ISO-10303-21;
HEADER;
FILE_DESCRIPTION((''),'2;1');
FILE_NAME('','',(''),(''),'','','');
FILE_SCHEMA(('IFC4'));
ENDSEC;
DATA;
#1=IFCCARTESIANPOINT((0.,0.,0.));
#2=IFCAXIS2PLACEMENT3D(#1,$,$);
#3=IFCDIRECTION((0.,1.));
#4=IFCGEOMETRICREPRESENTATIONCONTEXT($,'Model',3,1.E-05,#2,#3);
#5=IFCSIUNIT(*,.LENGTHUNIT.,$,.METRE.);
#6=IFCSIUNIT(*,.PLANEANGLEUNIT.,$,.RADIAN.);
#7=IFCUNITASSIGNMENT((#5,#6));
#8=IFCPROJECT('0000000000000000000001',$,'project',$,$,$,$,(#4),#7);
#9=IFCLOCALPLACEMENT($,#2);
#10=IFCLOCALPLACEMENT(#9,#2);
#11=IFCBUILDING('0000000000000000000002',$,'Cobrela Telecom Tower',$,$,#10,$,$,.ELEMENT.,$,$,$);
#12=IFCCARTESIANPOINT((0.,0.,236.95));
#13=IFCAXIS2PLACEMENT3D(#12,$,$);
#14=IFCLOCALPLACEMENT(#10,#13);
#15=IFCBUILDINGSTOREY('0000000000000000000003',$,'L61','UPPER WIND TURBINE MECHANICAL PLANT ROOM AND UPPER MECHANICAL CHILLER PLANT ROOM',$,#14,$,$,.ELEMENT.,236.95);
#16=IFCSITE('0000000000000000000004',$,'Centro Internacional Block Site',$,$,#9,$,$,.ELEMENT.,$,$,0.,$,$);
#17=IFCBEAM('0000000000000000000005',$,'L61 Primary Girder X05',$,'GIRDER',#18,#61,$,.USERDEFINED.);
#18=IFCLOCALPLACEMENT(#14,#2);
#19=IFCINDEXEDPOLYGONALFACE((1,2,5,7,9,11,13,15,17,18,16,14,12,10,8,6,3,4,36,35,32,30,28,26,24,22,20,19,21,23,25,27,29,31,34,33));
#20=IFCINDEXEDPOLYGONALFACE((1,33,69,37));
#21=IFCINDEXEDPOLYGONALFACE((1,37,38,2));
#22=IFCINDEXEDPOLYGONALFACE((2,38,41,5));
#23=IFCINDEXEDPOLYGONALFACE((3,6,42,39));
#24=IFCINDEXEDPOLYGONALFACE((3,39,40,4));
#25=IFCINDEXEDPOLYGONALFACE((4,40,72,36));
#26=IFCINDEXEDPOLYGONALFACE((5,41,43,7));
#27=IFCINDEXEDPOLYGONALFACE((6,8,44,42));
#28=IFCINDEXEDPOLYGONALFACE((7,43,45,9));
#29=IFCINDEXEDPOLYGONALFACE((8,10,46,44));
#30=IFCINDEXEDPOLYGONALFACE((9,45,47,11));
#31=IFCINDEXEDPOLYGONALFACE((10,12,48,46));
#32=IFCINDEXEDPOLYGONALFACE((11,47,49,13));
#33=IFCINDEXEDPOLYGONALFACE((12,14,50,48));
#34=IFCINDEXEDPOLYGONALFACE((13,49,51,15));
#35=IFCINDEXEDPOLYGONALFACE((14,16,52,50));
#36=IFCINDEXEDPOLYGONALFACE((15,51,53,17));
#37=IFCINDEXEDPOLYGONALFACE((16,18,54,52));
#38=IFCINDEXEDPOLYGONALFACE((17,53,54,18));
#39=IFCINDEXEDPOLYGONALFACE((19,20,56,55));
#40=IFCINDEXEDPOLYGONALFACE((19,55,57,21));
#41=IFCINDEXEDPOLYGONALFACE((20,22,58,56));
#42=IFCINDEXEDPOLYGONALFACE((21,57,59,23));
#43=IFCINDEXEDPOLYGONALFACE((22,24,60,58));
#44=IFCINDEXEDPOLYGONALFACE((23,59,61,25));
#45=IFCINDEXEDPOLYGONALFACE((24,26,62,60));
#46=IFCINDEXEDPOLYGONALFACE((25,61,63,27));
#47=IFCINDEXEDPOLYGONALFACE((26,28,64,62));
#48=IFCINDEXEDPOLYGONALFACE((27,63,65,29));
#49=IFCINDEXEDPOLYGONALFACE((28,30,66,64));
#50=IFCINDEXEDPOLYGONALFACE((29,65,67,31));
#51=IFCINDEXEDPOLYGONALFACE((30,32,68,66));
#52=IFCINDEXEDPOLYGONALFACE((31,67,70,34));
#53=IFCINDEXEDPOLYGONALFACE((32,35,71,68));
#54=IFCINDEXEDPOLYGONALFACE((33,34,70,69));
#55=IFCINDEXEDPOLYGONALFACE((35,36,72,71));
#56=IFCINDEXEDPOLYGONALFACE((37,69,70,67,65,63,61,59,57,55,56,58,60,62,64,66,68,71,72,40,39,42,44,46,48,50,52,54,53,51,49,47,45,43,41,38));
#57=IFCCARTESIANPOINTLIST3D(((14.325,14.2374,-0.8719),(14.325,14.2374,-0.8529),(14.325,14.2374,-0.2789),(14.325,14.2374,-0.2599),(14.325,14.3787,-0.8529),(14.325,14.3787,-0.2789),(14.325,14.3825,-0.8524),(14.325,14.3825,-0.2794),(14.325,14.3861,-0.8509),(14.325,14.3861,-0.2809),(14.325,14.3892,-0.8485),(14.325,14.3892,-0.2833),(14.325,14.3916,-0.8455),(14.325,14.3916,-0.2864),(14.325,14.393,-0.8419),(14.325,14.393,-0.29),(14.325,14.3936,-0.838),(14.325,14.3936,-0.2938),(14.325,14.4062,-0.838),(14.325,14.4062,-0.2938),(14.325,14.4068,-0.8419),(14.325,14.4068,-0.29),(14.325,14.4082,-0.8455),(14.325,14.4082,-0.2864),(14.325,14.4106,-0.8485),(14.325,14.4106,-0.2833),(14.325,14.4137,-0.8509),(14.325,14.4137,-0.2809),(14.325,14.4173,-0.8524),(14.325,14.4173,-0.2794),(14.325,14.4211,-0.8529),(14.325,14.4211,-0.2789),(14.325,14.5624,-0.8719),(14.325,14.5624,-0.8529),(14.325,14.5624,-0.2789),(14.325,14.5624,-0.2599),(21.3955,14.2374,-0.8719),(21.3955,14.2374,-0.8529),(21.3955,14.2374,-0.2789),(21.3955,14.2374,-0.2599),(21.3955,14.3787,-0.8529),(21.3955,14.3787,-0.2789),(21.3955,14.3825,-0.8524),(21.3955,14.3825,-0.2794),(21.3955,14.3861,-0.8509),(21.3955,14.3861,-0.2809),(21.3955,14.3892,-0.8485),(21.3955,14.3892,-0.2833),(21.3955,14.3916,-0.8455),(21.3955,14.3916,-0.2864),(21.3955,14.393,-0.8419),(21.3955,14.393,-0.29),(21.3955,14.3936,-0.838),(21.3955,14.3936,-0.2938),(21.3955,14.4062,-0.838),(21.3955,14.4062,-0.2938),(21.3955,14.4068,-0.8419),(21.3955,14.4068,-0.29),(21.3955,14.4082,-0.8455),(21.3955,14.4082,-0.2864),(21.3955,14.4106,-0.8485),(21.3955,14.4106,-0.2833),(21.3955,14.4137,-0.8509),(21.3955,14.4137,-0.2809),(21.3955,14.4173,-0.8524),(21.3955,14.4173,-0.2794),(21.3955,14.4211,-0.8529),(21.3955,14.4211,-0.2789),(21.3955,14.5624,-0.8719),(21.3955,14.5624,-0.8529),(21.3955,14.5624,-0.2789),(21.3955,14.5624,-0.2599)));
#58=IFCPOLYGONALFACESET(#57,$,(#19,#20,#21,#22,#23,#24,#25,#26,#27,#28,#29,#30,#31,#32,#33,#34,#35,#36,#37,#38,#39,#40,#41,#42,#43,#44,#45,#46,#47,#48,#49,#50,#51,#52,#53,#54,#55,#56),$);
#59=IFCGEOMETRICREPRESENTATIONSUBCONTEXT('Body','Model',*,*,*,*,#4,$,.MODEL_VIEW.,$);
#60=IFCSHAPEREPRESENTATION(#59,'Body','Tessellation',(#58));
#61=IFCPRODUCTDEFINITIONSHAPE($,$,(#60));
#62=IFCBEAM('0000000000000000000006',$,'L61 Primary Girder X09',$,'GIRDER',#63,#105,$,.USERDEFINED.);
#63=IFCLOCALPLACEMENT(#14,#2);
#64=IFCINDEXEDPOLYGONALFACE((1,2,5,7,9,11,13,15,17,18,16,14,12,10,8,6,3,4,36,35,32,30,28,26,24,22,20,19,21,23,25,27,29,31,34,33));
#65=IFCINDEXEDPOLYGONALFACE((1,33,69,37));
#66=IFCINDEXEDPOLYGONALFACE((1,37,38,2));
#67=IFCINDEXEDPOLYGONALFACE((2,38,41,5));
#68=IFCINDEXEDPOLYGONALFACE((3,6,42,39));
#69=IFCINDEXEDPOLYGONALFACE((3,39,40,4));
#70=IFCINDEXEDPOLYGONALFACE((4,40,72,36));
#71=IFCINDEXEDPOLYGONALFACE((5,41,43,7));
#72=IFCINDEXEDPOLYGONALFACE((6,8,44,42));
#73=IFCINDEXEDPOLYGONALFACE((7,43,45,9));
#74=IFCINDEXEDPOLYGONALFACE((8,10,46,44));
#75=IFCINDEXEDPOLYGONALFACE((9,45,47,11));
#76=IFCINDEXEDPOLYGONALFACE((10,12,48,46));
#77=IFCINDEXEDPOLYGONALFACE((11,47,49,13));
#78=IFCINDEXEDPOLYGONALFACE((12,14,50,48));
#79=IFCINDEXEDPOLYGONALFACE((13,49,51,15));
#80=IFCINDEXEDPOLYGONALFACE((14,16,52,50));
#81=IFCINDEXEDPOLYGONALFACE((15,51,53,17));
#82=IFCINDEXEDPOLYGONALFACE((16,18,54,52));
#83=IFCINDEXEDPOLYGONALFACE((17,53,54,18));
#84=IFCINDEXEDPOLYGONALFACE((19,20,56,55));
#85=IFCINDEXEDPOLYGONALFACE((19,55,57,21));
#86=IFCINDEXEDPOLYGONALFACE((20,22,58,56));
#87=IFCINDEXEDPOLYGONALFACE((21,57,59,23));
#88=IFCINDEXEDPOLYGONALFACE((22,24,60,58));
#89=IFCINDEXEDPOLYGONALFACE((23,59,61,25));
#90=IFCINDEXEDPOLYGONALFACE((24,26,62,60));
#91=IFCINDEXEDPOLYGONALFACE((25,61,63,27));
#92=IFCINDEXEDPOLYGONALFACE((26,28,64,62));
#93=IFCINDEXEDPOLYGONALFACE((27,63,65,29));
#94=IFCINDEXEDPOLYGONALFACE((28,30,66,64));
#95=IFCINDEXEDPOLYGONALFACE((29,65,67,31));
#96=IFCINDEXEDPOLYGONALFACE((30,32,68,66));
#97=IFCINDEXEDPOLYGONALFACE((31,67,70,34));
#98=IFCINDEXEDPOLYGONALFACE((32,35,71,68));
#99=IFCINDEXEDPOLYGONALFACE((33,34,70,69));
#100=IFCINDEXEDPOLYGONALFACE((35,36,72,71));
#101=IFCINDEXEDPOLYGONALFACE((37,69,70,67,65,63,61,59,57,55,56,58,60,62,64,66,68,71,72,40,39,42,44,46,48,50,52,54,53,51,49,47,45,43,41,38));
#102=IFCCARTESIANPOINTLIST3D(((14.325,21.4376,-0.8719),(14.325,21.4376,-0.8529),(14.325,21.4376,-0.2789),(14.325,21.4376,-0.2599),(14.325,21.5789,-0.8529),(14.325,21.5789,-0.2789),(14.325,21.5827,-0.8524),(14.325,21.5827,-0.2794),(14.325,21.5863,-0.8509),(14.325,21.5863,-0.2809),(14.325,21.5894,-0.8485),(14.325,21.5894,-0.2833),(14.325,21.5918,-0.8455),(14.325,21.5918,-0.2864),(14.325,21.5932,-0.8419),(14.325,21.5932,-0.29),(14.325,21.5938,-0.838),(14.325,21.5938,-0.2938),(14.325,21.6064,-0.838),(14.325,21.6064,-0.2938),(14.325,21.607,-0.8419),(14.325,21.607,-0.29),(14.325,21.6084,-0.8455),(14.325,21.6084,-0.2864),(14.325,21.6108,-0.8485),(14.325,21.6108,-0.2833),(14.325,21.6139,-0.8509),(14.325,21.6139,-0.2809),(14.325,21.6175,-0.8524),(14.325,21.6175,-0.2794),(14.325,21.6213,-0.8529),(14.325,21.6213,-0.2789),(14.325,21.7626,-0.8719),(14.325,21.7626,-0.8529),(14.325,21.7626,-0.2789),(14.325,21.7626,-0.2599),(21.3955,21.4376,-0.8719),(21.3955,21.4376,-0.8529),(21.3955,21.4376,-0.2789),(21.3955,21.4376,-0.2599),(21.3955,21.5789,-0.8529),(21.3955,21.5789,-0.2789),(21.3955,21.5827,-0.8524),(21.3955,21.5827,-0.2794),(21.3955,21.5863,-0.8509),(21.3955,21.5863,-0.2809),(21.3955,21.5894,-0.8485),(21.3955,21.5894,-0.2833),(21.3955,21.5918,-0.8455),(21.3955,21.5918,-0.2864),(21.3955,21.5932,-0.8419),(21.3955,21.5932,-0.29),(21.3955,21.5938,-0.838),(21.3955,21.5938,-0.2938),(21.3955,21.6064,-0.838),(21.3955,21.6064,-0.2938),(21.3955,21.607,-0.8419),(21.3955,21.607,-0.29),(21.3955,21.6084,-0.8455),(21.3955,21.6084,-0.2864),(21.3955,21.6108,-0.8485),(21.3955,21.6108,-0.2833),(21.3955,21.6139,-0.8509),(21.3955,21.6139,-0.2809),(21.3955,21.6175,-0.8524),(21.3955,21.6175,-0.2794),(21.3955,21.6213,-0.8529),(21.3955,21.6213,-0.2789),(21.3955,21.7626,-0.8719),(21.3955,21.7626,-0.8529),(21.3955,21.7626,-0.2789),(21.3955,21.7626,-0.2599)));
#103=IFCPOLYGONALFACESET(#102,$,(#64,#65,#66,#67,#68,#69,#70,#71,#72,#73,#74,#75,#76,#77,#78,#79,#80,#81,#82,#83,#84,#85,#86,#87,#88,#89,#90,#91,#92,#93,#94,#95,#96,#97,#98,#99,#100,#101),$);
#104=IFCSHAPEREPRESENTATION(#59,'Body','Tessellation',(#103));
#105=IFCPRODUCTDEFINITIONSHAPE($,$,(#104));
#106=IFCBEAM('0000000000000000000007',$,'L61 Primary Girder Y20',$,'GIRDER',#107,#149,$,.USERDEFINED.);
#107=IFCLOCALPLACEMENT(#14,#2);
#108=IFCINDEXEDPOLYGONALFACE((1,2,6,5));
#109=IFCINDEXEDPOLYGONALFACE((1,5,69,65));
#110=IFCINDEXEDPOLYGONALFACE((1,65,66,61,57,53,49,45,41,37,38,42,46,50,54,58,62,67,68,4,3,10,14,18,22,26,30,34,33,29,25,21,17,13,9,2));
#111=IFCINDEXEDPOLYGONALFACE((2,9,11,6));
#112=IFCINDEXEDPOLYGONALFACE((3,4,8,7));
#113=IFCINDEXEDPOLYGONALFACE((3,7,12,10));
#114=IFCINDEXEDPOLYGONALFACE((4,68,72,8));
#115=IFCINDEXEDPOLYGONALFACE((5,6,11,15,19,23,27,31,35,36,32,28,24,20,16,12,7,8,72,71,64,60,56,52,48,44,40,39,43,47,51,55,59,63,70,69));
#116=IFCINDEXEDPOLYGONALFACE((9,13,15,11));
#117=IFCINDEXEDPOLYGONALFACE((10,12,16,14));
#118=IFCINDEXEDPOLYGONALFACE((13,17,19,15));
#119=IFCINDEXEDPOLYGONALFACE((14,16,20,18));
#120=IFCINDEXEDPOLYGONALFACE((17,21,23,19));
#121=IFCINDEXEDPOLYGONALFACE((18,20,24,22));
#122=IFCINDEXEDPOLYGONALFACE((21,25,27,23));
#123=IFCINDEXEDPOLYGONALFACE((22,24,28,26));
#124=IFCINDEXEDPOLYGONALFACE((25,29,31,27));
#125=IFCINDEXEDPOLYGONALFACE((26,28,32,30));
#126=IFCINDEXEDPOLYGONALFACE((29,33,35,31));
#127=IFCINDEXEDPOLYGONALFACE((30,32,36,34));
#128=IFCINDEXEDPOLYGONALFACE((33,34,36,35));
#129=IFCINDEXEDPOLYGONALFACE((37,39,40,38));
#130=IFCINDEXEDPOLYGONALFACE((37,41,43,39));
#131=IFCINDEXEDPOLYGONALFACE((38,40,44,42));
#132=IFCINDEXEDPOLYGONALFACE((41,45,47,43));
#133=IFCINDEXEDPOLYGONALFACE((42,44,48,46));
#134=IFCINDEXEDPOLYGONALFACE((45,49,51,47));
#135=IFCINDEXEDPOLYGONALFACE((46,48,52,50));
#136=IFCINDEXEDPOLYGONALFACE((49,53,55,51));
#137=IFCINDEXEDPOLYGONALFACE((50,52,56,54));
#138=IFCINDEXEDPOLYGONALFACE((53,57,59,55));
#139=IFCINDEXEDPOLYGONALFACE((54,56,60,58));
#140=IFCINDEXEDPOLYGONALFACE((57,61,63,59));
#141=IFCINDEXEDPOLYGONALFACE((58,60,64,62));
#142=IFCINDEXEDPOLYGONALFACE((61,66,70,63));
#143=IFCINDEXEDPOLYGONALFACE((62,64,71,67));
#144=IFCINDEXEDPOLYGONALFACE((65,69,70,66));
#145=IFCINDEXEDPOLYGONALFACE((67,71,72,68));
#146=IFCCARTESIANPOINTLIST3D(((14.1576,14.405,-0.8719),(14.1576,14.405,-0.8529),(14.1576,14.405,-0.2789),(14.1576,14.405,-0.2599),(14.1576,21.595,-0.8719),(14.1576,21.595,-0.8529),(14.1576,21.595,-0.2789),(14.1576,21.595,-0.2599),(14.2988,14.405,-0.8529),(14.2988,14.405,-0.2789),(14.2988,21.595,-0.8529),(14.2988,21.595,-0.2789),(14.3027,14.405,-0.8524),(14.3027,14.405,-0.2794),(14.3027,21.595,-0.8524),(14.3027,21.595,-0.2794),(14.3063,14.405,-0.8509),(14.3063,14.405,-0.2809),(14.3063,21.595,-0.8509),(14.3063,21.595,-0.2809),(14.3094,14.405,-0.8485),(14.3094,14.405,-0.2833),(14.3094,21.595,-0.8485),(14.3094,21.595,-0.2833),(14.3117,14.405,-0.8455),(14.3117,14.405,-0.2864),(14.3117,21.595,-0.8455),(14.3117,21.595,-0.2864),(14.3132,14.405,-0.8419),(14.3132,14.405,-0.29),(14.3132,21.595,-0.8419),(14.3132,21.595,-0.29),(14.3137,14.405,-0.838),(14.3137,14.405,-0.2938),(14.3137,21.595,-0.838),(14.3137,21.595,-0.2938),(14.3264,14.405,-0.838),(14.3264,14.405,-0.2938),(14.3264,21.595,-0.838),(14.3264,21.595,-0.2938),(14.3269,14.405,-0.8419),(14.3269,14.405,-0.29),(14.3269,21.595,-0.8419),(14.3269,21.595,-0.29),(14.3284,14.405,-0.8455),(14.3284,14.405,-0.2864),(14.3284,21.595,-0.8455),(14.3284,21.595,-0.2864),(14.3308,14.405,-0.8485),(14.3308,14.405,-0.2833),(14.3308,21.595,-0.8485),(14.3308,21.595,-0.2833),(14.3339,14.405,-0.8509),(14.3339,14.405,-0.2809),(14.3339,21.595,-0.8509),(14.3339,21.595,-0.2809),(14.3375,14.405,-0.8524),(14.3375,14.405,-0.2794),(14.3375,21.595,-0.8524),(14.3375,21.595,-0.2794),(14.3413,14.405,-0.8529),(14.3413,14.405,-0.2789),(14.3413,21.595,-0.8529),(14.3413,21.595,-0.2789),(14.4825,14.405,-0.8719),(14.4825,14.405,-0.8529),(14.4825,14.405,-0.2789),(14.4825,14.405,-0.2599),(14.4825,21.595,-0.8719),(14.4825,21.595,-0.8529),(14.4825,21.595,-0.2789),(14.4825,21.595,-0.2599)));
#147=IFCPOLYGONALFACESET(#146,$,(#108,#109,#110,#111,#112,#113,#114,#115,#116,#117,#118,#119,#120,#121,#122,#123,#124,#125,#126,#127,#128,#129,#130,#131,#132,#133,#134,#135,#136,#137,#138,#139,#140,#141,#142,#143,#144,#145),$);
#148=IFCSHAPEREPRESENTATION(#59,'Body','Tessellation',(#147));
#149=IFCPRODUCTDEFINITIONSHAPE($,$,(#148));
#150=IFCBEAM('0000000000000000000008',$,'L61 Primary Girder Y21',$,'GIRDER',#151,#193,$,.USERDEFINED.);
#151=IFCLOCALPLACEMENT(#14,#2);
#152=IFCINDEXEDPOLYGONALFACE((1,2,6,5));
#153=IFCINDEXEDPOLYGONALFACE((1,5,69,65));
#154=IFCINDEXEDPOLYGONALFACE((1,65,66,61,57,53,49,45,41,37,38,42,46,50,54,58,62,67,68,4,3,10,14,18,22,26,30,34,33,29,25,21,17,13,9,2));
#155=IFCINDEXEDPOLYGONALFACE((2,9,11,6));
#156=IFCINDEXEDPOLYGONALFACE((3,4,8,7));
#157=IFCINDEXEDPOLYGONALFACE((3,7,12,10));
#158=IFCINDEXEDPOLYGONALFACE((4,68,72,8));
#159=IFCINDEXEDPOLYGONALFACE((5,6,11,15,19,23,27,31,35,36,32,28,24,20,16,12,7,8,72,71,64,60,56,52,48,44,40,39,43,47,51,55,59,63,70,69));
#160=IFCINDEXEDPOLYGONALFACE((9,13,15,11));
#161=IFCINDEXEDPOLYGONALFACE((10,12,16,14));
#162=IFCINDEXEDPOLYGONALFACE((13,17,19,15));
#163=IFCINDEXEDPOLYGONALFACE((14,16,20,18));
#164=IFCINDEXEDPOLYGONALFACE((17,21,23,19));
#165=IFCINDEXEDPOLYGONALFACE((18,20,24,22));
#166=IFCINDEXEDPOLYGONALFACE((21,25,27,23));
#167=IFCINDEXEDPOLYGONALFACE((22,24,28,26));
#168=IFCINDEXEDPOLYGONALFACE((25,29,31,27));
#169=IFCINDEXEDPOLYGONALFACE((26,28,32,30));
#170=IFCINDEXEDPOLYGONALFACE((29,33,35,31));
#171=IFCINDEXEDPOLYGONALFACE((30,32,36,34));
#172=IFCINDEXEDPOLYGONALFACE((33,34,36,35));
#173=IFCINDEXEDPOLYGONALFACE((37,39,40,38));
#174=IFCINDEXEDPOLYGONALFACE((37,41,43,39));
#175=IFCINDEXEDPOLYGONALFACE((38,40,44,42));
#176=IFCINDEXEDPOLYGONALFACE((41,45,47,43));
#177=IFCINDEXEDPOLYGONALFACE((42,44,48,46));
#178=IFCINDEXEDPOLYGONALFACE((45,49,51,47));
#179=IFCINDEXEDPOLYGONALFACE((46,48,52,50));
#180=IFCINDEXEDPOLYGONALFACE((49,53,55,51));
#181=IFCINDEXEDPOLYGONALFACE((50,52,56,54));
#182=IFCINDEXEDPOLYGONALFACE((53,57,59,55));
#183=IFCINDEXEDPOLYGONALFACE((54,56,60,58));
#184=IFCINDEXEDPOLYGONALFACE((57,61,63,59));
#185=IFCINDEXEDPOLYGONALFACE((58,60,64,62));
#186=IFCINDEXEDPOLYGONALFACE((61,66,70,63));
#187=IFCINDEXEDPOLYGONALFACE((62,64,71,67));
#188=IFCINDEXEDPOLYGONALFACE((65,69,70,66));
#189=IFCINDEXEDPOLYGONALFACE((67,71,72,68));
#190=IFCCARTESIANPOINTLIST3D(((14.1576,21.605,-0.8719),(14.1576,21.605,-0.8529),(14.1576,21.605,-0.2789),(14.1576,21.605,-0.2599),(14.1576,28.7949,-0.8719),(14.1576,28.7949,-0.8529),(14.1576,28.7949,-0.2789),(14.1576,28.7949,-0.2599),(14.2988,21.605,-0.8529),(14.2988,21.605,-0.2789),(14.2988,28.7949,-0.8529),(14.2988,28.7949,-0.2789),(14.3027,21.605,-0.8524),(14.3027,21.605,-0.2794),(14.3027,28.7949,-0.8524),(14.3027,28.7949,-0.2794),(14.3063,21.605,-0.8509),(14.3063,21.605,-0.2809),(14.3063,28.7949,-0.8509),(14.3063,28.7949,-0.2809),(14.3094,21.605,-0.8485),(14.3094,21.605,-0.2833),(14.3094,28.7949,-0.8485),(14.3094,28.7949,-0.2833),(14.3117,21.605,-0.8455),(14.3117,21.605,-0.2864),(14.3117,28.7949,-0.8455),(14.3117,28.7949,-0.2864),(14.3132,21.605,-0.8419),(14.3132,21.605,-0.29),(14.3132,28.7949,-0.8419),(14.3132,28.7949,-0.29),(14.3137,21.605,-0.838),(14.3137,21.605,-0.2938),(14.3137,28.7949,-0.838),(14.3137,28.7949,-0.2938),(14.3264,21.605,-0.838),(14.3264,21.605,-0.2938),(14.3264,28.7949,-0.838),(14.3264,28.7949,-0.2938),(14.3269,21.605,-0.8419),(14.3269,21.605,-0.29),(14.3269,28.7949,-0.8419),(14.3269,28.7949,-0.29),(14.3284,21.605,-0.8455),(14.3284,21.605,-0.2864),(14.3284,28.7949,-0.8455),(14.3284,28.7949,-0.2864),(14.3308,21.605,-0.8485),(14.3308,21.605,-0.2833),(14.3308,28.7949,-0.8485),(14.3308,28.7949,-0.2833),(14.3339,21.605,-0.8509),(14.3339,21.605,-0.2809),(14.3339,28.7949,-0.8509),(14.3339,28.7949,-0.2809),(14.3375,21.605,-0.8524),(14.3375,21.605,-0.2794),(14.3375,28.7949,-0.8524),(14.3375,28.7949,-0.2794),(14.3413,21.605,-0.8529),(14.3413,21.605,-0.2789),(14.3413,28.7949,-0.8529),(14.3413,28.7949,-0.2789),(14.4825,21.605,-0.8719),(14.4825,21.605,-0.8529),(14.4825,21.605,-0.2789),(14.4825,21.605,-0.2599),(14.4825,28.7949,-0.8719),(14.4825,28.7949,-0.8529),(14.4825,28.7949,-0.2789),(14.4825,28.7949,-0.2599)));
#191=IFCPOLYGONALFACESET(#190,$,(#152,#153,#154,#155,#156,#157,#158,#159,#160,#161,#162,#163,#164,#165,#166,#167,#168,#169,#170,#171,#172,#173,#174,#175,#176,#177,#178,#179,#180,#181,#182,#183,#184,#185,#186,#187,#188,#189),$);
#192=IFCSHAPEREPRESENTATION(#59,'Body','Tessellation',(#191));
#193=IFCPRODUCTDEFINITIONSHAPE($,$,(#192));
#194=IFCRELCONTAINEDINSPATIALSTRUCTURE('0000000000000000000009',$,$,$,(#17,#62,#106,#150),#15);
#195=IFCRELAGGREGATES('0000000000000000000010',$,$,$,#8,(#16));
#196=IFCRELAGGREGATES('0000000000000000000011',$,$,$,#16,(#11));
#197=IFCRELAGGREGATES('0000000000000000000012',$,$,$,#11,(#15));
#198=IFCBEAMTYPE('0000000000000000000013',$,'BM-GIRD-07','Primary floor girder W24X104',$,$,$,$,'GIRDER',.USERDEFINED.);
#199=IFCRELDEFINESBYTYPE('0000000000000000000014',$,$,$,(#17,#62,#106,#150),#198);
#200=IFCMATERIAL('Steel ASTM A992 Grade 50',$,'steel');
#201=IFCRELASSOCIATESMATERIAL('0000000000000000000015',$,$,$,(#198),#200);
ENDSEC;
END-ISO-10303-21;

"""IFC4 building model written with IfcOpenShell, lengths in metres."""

from ifc_helpers import new_model, si_unit, direction, frame, origin, origin_2d, place, context, subcontext, project, spatial, i_section, extrude, material, material_profile, profile_set, type_object, element, save


model = new_model("IFC4")

# Units and contexts
model_context = context("Model", 3, precision=1e-05, world=origin(), true_north=direction((0.0, 1.0)))
body_context = subcontext(model_context, "Body", "Model", "MODEL_VIEW")
ifc_project = project(units=[si_unit("LENGTHUNIT", "METRE"), si_unit("PLANEANGLEUNIT", "RADIAN")], contexts=[model_context])

# Site, building, storey
site_placement = place(None, origin())
site = spatial("IfcSite", under=ifc_project, at=site_placement, Name="Centro Internacional Block Site", CompositionType="ELEMENT", RefElevation=0.0)
building_placement = place(site_placement, origin())
building = spatial("IfcBuilding", under=site, at=building_placement, Name="Cobrela Telecom Tower", CompositionType="ELEMENT")
storey_placement = place(building_placement, frame((0.0, 0.0, 236.95)))
storey = spatial("IfcBuildingStorey", under=building, at=storey_placement, Name="L61", Description="UPPER WIND TURBINE MECHANICAL PLANT ROOM AND UPPER MECHANICAL CHILLER PLANT ROOM", CompositionType="ELEMENT", Elevation=236.95)

# Beams
ifc_material_1 = material(Name="Steel ASTM A992 Grade 50", Category="steel")
ifc_material_profile = material_profile(ifc_material_1, i_section(OverallWidth=0.325, OverallDepth=0.6121, WebThickness=0.0127, FlangeThickness=0.019, FilletRadius=0.0149, at=origin_2d()), Name="W24X104")
ifc_profile_set = profile_set([ifc_material_profile], Name="Steel ASTM A992 Grade 50")
beam_type = type_object("IfcBeamType", Name="BM-GIRD-07", Description="Primary floor girder W24X104", ElementType="GIRDER", PredefinedType="USERDEFINED", material=ifc_profile_set)
for number, where, z_axis, x_axis, name in (
    (1, (14.325, 14.3999, -0.5659), (1.0, 0.0, 0.0), (0.0, 1.0, 0.0), "L61 Primary Girder X05"),
    (2, (14.325, 21.6001, -0.5659), (1.0, 0.0, 0.0), (0.0, 1.0, 0.0), "L61 Primary Girder X09"),
):
    element("IfcBeam", number, at=place(storey_placement, frame(where, z_axis=z_axis, x_axis=x_axis)), inside=storey, type_object=beam_type, Name=name, ObjectType="GIRDER", PredefinedType="USERDEFINED", context=body_context, shape_type="SweptSolid", body=[
        extrude(i_section(OverallWidth=0.325, OverallDepth=0.6121, WebThickness=0.0127, FlangeThickness=0.019, FilletRadius=0.0149, at=origin_2d()), origin(), (0.0, 0.0, 1.0), 7.0706),
    ])
for number, where, z_axis, x_axis, name in (
    (3, (14.3201, 14.405, -0.5659), (0.0, 1.0, 0.0), (-1.0, 0.0, 0.0), "L61 Primary Girder Y20"),
    (4, (14.3201, 21.605, -0.5659), (0.0, 1.0, 0.0), (-1.0, 0.0, 0.0), "L61 Primary Girder Y21"),
):
    element("IfcBeam", number, at=place(storey_placement, frame(where, z_axis=z_axis, x_axis=x_axis)), inside=storey, type_object=beam_type, Name=name, ObjectType="GIRDER", PredefinedType="USERDEFINED", context=body_context, shape_type="SweptSolid", body=[
        extrude(i_section(OverallWidth=0.325, OverallDepth=0.6121, WebThickness=0.0127, FlangeThickness=0.019, FilletRadius=0.0149, at=origin_2d()), origin(), (0.0, 0.0, 1.0), 7.1899),
    ])

save(model, "model.ifc")
